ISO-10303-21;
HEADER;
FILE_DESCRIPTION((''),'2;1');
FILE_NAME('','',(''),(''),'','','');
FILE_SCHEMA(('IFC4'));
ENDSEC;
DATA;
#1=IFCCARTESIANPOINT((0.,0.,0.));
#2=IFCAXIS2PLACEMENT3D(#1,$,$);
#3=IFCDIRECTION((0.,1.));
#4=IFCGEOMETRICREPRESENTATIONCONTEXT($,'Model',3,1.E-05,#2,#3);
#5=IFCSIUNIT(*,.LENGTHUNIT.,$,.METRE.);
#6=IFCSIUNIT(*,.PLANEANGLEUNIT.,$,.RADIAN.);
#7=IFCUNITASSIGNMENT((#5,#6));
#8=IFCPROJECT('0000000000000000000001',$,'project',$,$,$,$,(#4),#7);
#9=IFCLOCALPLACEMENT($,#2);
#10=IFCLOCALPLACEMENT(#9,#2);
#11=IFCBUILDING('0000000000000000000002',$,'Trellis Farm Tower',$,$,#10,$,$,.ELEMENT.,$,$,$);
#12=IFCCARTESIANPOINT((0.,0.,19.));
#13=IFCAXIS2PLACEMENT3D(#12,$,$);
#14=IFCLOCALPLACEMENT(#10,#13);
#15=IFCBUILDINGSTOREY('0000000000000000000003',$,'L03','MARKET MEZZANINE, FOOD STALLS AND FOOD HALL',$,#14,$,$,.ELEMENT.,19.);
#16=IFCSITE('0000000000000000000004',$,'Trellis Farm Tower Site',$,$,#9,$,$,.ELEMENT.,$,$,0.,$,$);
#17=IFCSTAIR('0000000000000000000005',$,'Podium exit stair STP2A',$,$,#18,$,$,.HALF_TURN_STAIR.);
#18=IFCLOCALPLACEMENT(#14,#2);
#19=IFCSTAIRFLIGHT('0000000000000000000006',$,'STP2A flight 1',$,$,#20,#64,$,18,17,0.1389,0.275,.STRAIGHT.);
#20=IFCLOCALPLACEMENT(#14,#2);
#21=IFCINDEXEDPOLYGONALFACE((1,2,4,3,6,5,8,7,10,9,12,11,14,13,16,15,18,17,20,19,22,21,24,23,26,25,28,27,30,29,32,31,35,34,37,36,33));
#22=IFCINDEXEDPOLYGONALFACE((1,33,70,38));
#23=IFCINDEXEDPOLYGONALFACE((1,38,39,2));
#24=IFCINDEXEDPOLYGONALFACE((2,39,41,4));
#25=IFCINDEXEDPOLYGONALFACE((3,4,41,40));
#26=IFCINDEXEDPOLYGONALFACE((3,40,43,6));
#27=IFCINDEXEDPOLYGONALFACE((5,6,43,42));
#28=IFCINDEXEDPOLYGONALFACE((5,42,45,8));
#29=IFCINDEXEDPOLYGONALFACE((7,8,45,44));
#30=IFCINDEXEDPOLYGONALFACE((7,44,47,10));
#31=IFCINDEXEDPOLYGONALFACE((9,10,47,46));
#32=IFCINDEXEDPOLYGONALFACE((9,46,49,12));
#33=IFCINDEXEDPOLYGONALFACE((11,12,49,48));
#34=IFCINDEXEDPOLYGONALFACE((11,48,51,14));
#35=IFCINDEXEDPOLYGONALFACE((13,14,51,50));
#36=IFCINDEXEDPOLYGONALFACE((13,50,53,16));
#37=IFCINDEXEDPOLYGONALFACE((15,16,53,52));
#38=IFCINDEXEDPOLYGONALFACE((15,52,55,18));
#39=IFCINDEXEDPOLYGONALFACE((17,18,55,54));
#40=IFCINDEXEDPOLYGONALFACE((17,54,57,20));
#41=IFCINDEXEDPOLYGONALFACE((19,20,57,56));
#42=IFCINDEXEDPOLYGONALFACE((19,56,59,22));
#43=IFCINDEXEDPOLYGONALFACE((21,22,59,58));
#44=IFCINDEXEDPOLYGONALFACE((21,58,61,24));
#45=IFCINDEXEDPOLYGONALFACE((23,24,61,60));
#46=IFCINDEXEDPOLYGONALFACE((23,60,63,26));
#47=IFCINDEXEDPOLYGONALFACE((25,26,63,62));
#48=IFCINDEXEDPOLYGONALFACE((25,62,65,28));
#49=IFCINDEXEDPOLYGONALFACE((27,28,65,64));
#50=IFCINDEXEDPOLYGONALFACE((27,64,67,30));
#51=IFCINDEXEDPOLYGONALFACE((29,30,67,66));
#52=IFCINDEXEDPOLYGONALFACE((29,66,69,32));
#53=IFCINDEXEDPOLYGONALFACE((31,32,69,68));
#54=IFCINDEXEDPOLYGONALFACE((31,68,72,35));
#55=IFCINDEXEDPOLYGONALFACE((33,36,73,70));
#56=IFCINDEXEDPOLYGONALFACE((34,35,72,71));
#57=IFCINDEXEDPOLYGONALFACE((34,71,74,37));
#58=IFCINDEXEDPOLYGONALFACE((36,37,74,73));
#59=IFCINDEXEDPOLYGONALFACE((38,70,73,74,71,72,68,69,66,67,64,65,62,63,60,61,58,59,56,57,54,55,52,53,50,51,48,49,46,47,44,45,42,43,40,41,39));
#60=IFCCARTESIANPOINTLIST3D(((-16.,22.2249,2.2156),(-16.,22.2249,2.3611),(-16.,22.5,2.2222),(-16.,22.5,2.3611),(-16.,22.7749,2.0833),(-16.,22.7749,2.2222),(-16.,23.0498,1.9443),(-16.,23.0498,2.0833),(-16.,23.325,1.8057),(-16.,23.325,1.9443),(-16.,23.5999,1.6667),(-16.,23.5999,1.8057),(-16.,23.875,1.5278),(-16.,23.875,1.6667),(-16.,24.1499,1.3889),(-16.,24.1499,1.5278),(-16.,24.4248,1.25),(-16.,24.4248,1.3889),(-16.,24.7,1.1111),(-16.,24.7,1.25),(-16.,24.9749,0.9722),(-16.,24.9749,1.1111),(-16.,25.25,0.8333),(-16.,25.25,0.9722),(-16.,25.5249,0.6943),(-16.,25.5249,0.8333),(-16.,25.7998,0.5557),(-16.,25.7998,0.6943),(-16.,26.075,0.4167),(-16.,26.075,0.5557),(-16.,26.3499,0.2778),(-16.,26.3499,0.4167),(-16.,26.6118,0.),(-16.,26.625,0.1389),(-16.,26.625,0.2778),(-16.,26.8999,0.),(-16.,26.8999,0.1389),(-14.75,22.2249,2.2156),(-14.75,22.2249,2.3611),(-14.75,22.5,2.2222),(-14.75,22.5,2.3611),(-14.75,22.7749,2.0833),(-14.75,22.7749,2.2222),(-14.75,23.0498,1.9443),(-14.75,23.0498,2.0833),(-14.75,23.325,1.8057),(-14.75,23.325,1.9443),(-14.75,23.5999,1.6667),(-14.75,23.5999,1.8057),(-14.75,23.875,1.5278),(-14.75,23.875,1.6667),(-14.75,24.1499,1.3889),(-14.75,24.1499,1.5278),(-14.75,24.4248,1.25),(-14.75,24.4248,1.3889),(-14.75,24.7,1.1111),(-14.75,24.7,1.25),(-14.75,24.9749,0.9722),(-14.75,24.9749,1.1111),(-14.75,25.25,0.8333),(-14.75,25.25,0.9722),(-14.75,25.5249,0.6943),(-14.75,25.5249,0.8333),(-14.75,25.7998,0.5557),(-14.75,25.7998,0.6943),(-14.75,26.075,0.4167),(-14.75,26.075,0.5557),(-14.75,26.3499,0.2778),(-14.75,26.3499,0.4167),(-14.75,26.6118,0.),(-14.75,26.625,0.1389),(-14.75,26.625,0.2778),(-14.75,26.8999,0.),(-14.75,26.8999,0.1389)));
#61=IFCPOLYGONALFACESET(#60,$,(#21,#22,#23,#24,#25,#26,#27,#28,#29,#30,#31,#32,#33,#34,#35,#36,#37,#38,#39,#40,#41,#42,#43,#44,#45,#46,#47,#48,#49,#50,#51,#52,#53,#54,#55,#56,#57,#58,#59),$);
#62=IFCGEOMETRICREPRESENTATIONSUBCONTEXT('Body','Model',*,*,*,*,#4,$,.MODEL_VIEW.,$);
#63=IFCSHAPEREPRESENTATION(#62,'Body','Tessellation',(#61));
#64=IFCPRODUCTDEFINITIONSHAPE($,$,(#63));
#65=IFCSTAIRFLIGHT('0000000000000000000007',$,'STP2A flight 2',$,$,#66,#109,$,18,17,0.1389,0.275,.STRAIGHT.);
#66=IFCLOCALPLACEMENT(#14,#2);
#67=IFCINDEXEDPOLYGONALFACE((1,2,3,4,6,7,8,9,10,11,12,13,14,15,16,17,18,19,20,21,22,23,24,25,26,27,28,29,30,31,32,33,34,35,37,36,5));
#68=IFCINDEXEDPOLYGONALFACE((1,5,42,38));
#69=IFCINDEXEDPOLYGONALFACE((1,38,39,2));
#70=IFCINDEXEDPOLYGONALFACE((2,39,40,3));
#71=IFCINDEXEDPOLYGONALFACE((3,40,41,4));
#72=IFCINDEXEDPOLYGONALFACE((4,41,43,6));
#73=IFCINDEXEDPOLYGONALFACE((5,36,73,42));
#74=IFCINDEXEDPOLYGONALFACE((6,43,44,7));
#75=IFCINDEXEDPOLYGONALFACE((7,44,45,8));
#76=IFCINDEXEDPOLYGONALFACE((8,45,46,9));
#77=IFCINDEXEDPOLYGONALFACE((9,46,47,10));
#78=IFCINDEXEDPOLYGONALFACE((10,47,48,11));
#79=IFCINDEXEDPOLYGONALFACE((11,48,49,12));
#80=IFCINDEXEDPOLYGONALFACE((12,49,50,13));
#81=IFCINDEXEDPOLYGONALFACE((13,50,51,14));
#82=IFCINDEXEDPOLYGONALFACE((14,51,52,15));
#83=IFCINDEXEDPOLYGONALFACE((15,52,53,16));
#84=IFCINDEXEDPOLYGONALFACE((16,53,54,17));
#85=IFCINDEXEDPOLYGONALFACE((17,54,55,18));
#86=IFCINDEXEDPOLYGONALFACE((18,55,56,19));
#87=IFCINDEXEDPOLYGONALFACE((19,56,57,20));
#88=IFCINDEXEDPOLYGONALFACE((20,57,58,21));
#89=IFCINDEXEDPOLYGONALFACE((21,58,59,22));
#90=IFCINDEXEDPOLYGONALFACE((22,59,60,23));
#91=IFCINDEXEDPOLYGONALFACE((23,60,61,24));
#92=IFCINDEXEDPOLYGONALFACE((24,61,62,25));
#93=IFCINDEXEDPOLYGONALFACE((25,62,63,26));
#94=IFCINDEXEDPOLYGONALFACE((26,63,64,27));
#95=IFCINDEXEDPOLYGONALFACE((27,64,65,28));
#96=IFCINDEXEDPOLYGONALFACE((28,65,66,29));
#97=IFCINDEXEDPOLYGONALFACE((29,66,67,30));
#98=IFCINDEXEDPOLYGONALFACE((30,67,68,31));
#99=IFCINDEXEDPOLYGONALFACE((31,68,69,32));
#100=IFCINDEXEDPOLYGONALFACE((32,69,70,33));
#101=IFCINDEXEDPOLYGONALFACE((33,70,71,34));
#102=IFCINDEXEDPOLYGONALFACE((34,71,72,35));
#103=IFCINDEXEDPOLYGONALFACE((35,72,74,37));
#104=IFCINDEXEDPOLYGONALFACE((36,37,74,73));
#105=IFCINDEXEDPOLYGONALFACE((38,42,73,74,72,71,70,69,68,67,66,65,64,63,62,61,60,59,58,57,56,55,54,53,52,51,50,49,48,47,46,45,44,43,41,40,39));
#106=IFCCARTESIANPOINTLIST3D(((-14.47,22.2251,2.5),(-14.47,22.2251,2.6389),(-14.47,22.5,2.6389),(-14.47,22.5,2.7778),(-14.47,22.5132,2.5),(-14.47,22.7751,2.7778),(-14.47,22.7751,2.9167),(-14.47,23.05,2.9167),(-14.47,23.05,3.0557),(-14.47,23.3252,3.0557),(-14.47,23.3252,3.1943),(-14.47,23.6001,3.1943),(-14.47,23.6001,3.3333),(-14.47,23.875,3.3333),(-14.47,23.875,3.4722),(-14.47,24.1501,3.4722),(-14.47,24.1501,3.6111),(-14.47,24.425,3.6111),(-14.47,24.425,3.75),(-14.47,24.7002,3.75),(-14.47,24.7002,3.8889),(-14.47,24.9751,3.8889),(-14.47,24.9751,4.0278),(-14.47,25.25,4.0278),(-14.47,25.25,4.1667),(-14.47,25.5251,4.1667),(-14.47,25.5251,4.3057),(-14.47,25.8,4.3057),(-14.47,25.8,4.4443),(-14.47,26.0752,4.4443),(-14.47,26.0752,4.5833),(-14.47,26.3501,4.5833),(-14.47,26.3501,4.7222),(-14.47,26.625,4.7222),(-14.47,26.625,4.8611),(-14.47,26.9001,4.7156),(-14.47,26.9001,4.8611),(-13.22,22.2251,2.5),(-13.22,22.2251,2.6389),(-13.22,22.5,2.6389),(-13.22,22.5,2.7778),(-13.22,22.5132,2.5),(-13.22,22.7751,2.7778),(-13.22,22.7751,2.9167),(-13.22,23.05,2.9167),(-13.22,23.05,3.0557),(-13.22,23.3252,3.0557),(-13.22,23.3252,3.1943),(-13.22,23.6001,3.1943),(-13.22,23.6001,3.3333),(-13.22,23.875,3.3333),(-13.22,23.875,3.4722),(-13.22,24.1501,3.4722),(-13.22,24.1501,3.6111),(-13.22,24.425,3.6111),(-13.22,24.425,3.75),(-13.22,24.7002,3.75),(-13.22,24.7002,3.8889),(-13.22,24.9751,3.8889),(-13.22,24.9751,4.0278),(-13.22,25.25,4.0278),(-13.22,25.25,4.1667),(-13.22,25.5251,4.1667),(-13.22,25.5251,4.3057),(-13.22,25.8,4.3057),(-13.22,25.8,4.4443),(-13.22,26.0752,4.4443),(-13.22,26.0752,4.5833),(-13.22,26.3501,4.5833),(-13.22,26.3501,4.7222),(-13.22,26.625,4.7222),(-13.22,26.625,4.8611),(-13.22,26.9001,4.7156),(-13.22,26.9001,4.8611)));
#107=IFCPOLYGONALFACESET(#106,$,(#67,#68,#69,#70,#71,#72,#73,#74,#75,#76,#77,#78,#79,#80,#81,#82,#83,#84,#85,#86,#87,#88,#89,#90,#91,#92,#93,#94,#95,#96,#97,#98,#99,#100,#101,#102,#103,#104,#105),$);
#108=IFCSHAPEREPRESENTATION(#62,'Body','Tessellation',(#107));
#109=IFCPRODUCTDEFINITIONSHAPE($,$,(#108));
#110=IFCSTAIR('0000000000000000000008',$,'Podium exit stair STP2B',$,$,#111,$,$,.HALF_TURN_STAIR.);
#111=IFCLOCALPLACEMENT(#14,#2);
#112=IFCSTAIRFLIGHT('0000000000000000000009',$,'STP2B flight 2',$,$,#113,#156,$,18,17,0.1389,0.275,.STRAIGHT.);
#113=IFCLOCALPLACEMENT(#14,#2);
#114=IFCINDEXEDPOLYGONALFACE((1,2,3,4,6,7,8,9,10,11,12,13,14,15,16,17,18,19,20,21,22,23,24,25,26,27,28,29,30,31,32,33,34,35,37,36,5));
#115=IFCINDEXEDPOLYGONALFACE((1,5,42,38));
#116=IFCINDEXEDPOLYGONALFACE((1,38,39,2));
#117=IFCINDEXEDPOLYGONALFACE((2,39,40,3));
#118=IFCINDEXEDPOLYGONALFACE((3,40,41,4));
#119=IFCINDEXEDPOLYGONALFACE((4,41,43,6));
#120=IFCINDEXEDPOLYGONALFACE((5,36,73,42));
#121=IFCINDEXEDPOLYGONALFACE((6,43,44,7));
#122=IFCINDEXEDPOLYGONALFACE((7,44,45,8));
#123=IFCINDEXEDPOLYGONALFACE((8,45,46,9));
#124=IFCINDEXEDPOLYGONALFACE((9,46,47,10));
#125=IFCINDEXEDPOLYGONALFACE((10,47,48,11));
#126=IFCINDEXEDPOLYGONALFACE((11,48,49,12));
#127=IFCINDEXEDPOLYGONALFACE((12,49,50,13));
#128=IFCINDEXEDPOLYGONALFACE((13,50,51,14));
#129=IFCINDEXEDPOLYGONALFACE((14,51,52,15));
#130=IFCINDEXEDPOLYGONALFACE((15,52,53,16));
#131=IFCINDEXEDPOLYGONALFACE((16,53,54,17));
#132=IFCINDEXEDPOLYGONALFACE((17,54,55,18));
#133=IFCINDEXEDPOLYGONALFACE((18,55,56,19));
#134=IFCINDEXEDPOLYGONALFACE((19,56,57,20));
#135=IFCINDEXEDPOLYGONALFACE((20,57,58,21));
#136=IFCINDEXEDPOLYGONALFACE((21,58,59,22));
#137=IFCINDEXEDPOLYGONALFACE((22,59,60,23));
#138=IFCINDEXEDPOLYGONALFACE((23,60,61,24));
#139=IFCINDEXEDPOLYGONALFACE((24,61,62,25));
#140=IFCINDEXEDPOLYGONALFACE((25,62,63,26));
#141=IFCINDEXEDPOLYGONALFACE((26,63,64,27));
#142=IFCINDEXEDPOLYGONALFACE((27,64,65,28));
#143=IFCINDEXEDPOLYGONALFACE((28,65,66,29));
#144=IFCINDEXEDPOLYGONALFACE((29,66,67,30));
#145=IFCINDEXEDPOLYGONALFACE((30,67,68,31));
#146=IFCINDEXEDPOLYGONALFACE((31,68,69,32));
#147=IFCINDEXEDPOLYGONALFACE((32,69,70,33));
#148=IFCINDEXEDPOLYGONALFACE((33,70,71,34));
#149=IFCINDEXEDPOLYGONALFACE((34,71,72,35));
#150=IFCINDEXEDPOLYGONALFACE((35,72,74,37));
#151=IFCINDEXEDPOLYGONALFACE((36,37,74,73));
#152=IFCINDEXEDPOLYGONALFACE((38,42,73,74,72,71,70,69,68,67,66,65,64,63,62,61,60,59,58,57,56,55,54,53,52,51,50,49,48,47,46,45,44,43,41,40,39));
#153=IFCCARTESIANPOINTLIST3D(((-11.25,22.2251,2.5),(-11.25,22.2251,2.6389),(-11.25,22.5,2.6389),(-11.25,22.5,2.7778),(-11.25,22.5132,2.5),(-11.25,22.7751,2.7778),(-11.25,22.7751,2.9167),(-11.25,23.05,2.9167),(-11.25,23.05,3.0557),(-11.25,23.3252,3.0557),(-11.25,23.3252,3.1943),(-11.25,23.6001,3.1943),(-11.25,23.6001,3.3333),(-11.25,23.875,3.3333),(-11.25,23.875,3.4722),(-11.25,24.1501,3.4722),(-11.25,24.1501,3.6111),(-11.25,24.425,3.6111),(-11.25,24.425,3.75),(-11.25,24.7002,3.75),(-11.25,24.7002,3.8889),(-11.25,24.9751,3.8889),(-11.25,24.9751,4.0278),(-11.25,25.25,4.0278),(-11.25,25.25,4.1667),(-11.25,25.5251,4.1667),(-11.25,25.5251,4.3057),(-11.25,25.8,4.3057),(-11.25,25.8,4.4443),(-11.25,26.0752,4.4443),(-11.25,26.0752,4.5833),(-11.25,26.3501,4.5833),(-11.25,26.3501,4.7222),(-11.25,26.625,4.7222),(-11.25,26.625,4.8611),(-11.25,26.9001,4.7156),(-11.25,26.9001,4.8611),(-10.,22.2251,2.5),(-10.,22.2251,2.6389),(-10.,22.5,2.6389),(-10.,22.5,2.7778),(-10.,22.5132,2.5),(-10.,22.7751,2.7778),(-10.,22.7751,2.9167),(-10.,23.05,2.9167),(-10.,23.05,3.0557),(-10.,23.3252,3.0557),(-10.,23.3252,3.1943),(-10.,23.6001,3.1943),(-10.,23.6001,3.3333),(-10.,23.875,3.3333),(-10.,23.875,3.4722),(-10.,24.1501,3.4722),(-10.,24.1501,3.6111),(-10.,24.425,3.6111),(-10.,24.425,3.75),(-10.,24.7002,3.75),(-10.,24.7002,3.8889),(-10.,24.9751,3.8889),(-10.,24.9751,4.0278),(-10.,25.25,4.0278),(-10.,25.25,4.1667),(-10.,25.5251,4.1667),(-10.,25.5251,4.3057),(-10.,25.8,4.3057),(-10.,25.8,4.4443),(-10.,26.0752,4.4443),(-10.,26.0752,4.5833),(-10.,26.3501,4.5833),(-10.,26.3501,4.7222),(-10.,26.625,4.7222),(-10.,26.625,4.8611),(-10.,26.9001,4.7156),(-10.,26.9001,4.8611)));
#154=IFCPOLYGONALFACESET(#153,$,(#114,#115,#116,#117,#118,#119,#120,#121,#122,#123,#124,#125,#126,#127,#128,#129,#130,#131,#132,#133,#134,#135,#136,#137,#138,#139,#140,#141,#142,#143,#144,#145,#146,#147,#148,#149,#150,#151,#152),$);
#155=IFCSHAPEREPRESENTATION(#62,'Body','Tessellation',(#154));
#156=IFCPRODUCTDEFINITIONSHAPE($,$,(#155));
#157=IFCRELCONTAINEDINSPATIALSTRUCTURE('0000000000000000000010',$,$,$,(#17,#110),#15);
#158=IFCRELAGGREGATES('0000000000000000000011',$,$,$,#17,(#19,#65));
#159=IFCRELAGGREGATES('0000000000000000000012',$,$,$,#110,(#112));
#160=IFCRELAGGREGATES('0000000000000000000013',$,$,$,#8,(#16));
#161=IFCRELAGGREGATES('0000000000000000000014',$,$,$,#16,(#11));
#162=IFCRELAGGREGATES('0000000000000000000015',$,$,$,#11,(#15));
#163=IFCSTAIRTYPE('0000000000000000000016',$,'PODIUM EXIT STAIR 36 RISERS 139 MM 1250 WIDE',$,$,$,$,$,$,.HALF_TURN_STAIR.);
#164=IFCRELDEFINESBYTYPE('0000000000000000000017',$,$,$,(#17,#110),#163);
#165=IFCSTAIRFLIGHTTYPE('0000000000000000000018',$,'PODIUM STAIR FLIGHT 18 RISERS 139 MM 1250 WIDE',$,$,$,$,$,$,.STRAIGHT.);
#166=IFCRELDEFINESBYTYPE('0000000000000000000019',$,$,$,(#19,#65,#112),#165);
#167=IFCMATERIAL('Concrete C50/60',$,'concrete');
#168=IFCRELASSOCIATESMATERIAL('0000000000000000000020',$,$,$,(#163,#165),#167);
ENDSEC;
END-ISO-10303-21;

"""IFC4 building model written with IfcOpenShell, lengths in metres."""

from ifc_helpers import new_model, si_unit, direction, frame, origin, place, context, subcontext, project, spatial, polyline, outline, extrude, source, transform, mapped, material, type_object, element, aggregate, save


model = new_model("IFC4")

# Units and contexts
model_context = context("Model", 3, precision=1e-05, world=origin(), true_north=direction((0.0, 1.0)))
body_context = subcontext(model_context, "Body", "Model", "MODEL_VIEW")
ifc_project = project(units=[si_unit("LENGTHUNIT", "METRE"), si_unit("PLANEANGLEUNIT", "RADIAN")], contexts=[model_context])

# Site, building, storey
site_placement = place(None, origin())
site = spatial("IfcSite", under=ifc_project, at=site_placement, Name="Trellis Farm Tower Site", CompositionType="ELEMENT", RefElevation=0.0)
building_placement = place(site_placement, origin())
building = spatial("IfcBuilding", under=site, at=building_placement, Name="Trellis Farm Tower", CompositionType="ELEMENT")
storey_placement = place(building_placement, frame((0.0, 0.0, 19.0)))
storey = spatial("IfcBuildingStorey", under=building, at=storey_placement, Name="L03", Description="MARKET MEZZANINE, FOOD STALLS AND FOOD HALL", CompositionType="ELEMENT", Elevation=19.0)

# Stair, stair flights
ifc_material_1 = material(Name="Concrete C50/60", Category="concrete")
stair_type = type_object("IfcStairType", Name="PODIUM EXIT STAIR 36 RISERS 139 MM 1250 WIDE", PredefinedType="HALF_TURN_STAIR", material=ifc_material_1)
placement = place(storey_placement, origin())
stair_1 = element("IfcStair", 1, at=placement, inside=storey, type_object=stair_type, Name="Podium exit stair STP2A", PredefinedType="HALF_TURN_STAIR")
stair_flight_type = type_object("IfcStairFlightType", Name="PODIUM STAIR FLIGHT 18 RISERS 139 MM 1250 WIDE", PredefinedType="STRAIGHT", material=ifc_material_1)
shared_shape_1 = source(origin(), body_context, "Body", "SweptSolid", [
    extrude(outline(polyline([(0.0, 0.0), (0.0, 0.1389), (0.2749, 0.1389), (0.2749, 0.2778), (0.55, 0.2778), (0.55, 0.4167), (0.825, 0.4167), (0.825, 0.5557), (1.1001, 0.5557), (1.1001, 0.6943), (1.375, 0.6943), (1.375, 0.8333), (1.6499, 0.8333), (1.6499, 0.9722), (1.925, 0.9722), (1.925, 1.1111), (2.2, 1.1111), (2.2, 1.25), (2.4751, 1.25), (2.4751, 1.3889), (2.75, 1.3889), (2.75, 1.5278), (3.0249, 1.5278), (3.0249, 1.6667), (3.3, 1.6667), (3.3, 1.8057), (3.575, 1.8057), (3.575, 1.9443), (3.8501, 1.9443), (3.8501, 2.0833), (4.125, 2.0833), (4.125, 2.2222), (4.3999, 2.2222), (4.3999, 2.3611), (4.675, 2.3611), (4.675, 2.5), (4.675, 2.2156), (0.2881, 0.0), (0.0, 0.0)])), frame((0.0, 0.625, 0.0), z_axis=(0.0, -1.0, 0.0), x_axis=(1.0, 0.0, 0.0)), (0.0, 0.0, 1.0), 1.25),
])
stair_flight_1_placement = place(storey_placement, frame((-15.375, 26.8999, 0.0), z_axis=(0.0, 0.0, 1.0), x_axis=(0.0, -1.0, 0.0)))
stair_flight_1 = element("IfcStairFlight", 2, at=stair_flight_1_placement, type_object=stair_flight_type, Name="STP2A flight 1", NumberOfRisers=18, NumberOfTreads=17, PredefinedType="STRAIGHT", RiserHeight=0.1389, TreadLength=0.275, context=body_context, shape_type="MappedRepresentation", body=[
    mapped(shared_shape_1, transform((0.0, 0.0, 0.0))),
])
stair_flight_2_placement = place(storey_placement, frame((-13.845, 22.2251, 2.5), z_axis=(0.0, 0.0, 1.0), x_axis=(0.0, 1.0, 0.0)))
stair_flight_2 = element("IfcStairFlight", 3, at=stair_flight_2_placement, type_object=stair_flight_type, Name="STP2A flight 2", NumberOfRisers=18, NumberOfTreads=17, PredefinedType="STRAIGHT", RiserHeight=0.1389, TreadLength=0.275, context=body_context, shape_type="MappedRepresentation", body=[
    mapped(shared_shape_1, transform((0.0, 0.0, 0.0))),
])
aggregate(stair_1, [stair_flight_1, stair_flight_2])

# Stair, stair flight
stair_2 = element("IfcStair", 4, at=placement, inside=storey, type_object=stair_type, Name="Podium exit stair STP2B", PredefinedType="HALF_TURN_STAIR")
stair_flight_3_placement = place(storey_placement, frame((-10.625, 22.2251, 2.5), z_axis=(0.0, 0.0, 1.0), x_axis=(0.0, 1.0, 0.0)))
stair_flight_3 = element("IfcStairFlight", 5, at=stair_flight_3_placement, type_object=stair_flight_type, Name="STP2B flight 2", NumberOfRisers=18, NumberOfTreads=17, PredefinedType="STRAIGHT", RiserHeight=0.1389, TreadLength=0.275, context=body_context, shape_type="MappedRepresentation", body=[
    mapped(shared_shape_1, transform((0.0, 0.0, 0.0))),
])
aggregate(stair_2, [stair_flight_3])

save(model, "model.ifc")
